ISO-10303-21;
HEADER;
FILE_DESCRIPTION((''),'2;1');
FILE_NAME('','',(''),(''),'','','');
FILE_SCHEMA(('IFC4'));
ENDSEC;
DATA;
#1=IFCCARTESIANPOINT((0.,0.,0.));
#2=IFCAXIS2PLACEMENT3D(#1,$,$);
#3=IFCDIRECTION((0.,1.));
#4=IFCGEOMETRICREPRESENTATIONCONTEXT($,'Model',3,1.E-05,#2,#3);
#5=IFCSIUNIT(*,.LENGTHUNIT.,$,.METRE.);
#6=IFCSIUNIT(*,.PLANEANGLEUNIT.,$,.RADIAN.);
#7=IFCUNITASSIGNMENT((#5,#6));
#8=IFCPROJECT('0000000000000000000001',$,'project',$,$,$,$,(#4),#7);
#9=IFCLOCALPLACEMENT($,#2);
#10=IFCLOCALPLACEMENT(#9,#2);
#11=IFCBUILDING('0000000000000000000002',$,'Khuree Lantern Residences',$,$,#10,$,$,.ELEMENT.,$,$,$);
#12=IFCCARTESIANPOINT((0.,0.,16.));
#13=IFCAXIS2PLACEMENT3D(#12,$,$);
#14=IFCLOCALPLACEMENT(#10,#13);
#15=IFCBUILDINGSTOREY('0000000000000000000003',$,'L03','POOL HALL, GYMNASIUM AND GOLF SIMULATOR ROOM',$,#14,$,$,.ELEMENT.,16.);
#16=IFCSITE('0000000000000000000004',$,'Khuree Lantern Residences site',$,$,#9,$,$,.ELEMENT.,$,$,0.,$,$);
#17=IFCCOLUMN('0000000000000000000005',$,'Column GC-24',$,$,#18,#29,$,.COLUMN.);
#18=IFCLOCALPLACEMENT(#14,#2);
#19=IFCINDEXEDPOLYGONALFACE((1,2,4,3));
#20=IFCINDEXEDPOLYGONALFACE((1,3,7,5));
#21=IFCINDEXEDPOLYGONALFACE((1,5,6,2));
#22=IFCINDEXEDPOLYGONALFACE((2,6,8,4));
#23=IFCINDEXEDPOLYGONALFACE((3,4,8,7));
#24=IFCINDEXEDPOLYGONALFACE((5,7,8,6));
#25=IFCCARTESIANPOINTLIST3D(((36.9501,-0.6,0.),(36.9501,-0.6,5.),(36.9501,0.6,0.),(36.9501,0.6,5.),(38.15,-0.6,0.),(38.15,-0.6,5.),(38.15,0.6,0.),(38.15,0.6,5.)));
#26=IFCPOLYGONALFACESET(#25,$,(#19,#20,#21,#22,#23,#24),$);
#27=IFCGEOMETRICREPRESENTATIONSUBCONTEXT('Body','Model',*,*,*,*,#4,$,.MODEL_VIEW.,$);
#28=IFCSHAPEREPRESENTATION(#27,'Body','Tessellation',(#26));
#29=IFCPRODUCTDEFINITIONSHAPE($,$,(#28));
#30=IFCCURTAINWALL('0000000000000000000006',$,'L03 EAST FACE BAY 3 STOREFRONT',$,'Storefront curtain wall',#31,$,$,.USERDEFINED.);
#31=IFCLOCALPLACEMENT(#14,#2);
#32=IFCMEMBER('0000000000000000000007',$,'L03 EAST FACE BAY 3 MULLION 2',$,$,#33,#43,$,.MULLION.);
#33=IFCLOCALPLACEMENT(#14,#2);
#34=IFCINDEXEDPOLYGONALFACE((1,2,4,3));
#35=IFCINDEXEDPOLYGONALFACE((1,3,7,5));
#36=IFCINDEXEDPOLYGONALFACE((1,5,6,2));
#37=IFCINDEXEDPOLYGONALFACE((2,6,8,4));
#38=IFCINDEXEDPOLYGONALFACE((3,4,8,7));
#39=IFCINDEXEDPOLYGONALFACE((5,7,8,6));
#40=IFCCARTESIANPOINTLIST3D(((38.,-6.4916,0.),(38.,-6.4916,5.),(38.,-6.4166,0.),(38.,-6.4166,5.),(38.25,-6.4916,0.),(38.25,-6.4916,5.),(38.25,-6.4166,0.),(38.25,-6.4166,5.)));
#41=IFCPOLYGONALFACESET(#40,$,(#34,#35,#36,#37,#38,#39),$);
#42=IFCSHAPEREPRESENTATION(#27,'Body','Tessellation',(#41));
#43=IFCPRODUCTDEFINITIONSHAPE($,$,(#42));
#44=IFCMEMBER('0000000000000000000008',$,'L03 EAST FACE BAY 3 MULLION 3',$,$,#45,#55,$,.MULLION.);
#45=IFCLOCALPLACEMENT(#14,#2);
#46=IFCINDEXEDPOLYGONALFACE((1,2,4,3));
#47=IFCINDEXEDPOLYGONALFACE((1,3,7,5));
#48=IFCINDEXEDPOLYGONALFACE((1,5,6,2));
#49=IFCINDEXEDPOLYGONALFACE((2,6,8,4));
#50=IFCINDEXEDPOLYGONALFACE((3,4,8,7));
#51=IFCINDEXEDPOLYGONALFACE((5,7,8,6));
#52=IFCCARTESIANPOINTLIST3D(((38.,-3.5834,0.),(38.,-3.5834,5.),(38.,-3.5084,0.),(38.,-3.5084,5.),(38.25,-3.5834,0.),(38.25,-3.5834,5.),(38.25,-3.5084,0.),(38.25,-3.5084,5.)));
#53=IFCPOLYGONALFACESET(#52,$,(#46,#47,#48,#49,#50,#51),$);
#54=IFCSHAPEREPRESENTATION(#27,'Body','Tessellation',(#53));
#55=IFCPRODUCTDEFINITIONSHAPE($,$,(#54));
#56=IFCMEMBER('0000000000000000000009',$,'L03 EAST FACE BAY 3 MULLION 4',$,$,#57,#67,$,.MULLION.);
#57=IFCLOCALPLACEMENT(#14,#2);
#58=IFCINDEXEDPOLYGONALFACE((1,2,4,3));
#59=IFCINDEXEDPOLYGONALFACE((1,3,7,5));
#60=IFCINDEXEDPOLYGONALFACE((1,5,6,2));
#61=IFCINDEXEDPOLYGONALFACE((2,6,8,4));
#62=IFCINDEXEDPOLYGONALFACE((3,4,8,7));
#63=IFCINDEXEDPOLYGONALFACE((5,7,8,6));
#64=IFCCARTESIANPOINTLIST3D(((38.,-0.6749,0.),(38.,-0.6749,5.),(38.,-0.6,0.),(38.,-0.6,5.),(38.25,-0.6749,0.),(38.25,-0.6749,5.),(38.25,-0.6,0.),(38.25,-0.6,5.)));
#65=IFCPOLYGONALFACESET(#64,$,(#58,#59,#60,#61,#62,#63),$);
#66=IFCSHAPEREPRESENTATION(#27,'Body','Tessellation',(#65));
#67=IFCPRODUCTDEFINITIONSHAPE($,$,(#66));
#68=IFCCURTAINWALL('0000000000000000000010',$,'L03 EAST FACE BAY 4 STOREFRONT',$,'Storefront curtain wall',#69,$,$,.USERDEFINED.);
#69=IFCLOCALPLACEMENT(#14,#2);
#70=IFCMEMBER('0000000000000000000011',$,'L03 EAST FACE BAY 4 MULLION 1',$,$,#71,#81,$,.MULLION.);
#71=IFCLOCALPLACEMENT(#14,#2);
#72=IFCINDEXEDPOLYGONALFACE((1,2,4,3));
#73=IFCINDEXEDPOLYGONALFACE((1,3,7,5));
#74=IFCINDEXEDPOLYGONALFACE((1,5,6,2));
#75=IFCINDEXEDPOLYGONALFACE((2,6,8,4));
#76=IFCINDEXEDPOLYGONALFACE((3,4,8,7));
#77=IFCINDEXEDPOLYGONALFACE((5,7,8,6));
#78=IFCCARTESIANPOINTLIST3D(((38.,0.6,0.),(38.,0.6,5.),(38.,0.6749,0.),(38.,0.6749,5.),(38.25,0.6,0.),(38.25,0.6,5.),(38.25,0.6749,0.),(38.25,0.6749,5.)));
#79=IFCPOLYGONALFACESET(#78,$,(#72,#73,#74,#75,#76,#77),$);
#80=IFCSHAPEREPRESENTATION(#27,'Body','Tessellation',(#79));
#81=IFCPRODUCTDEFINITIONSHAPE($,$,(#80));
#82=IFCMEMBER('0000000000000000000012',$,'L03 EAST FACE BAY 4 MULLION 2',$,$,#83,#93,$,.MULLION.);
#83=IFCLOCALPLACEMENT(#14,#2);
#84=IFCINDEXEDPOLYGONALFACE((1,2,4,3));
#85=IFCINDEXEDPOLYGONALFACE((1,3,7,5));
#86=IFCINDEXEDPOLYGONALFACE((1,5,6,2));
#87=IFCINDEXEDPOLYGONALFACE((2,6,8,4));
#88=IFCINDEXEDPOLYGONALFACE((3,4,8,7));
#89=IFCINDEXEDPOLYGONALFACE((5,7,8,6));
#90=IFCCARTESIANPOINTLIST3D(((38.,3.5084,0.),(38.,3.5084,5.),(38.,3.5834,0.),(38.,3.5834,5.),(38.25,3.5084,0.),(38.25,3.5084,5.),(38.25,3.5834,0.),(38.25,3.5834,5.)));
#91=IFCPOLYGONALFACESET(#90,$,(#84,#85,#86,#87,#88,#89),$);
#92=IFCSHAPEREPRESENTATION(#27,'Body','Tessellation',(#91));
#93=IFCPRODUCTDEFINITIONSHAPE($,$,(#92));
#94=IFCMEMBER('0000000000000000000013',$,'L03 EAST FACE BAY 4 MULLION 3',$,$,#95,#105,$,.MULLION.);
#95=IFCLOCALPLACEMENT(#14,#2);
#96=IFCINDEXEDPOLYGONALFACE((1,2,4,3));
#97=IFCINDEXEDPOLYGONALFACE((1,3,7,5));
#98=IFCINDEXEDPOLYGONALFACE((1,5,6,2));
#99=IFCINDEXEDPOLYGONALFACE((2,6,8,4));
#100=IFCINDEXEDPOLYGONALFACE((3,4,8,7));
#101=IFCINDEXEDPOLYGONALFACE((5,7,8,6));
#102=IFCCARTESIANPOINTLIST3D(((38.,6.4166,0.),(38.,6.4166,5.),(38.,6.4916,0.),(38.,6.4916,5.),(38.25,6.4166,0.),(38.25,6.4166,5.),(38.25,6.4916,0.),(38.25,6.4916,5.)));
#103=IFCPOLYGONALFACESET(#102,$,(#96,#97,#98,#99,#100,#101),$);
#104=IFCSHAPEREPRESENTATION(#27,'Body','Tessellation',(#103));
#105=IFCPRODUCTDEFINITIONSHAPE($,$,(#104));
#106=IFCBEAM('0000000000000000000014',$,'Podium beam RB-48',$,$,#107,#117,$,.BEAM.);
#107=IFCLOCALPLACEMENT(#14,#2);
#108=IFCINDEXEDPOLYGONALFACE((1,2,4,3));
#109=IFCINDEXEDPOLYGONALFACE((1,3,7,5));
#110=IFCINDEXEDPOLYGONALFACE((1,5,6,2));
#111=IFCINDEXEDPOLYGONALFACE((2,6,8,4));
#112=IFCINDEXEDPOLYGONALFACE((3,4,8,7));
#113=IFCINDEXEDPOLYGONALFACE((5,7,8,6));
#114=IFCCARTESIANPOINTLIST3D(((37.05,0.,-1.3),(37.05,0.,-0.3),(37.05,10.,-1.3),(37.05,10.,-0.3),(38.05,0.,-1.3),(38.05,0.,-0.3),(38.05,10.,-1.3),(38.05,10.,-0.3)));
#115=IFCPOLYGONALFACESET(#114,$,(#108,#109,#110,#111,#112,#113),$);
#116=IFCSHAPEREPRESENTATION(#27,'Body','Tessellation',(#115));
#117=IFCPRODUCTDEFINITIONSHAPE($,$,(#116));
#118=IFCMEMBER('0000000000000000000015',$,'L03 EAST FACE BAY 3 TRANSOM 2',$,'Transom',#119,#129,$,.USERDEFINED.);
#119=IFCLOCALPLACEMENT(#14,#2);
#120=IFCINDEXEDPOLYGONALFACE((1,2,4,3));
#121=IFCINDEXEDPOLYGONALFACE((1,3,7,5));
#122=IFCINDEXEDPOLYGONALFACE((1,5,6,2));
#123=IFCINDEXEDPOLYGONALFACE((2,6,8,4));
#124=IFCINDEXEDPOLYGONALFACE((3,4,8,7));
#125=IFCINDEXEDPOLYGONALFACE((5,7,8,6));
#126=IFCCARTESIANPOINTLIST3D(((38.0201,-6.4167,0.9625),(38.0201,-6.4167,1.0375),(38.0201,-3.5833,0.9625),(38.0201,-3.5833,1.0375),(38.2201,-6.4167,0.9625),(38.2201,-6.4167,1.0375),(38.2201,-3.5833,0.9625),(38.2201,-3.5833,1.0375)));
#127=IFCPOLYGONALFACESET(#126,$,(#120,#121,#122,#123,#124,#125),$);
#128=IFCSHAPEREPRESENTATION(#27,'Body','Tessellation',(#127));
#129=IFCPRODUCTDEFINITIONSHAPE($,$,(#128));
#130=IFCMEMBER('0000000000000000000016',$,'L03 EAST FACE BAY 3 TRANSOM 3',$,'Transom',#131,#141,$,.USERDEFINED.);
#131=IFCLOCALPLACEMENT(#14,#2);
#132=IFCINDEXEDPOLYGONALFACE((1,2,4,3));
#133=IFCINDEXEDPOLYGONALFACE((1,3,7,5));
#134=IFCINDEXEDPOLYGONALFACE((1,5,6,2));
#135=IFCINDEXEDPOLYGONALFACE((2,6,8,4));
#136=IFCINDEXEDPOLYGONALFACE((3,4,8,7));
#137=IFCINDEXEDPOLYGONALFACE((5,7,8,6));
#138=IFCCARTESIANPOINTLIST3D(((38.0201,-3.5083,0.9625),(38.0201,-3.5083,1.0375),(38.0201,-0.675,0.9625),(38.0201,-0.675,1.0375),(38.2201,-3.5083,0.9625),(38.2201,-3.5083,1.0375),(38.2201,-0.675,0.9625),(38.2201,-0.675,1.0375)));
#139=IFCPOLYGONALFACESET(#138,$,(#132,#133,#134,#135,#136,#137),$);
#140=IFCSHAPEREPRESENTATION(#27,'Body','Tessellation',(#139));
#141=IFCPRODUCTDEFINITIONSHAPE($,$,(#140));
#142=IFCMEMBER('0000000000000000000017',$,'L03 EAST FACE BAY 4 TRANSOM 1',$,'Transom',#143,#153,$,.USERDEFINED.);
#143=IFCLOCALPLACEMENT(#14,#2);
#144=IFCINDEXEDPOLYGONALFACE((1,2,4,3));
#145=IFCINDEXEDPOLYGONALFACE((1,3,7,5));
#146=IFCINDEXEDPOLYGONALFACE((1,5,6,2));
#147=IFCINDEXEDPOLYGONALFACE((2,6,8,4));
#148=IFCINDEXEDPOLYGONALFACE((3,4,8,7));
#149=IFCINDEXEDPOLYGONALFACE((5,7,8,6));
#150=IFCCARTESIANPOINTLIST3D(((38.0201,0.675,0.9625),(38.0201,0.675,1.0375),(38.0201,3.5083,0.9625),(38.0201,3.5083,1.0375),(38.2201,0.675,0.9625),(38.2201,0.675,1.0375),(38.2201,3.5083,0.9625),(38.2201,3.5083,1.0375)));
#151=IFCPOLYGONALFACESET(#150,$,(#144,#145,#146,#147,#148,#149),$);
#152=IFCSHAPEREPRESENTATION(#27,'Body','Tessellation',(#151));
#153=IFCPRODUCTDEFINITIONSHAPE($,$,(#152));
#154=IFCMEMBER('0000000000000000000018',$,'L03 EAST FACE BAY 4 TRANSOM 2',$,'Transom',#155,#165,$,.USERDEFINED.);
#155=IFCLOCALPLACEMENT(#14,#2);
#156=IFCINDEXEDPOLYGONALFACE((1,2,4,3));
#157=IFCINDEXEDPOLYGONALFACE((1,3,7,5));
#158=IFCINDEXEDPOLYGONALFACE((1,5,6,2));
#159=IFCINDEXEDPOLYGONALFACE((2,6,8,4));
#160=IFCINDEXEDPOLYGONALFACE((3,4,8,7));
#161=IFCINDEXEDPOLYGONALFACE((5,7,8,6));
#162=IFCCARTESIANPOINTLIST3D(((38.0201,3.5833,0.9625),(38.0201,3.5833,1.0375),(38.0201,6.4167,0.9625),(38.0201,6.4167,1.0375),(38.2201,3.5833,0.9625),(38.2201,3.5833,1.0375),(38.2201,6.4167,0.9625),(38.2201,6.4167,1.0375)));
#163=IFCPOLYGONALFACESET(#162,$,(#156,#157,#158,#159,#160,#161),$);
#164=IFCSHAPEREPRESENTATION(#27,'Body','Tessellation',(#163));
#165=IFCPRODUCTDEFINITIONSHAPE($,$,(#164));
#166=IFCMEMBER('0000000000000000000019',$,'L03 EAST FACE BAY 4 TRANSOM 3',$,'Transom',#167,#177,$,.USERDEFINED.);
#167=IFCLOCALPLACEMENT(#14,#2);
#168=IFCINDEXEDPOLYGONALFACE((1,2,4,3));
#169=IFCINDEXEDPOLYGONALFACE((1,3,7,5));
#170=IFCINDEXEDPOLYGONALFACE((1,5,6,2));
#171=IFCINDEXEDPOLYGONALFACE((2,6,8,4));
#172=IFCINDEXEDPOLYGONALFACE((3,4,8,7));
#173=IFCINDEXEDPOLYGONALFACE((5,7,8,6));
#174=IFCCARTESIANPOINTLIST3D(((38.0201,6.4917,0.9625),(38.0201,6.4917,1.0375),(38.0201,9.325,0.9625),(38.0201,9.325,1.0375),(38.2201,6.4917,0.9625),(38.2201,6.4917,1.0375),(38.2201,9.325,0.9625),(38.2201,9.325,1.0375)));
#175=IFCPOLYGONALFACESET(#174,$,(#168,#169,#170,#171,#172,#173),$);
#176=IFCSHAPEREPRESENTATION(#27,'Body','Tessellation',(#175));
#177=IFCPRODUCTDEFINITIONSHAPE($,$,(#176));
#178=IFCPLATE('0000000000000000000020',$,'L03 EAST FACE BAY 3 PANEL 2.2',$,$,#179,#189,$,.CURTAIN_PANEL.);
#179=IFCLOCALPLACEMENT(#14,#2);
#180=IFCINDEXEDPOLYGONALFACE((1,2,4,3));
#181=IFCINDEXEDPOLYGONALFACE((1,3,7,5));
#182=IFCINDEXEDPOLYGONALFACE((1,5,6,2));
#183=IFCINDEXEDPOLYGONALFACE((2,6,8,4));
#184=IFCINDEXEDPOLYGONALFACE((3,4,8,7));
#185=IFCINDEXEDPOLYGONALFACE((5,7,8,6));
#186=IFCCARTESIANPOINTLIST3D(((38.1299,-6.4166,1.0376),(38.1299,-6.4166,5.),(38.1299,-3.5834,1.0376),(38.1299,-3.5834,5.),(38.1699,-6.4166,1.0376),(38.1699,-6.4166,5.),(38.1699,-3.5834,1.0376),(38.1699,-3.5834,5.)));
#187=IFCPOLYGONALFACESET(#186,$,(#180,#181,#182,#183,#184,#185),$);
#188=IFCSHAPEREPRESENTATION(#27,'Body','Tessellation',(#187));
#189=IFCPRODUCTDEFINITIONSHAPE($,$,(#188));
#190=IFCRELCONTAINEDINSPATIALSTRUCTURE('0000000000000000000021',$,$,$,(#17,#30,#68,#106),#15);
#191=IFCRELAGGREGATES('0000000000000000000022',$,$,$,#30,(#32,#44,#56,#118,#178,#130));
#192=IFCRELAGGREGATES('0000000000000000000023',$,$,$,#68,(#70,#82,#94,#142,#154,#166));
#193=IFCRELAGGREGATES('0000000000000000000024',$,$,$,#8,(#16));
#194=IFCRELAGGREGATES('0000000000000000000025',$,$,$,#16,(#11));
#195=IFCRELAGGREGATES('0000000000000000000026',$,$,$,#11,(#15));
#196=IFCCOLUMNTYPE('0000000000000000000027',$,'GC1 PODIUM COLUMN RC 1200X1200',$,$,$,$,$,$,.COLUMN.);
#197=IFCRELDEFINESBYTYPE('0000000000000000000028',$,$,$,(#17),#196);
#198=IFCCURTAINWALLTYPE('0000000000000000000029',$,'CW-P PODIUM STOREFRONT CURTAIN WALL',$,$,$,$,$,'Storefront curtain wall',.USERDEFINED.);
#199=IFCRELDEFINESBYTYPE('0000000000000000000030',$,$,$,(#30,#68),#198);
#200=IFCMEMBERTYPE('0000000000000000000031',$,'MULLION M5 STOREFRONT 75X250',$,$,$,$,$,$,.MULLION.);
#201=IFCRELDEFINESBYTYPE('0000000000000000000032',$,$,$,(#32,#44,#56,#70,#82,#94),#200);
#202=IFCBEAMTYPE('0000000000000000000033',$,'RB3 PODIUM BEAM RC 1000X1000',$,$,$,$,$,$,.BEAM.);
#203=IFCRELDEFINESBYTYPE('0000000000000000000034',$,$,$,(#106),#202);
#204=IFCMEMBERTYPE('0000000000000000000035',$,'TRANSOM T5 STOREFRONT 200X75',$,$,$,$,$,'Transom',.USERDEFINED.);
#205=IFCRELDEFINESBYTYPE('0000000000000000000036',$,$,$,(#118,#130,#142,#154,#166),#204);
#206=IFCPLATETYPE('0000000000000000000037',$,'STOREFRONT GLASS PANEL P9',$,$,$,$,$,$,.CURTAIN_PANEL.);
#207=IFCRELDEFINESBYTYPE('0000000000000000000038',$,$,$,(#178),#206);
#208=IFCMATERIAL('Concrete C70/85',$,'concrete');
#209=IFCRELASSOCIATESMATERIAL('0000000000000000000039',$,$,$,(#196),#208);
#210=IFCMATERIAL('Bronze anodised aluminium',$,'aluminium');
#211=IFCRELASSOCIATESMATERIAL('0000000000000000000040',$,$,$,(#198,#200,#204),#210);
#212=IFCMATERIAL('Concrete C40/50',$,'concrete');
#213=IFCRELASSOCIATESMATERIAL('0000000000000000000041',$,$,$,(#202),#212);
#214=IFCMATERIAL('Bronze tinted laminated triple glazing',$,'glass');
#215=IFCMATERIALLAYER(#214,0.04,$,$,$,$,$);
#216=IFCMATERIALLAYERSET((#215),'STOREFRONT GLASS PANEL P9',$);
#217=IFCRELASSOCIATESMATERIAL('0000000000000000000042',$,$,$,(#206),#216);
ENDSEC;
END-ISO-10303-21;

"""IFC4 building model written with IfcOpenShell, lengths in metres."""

from ifc_helpers import new_model, si_unit, direction, frame, origin, origin_2d, place, context, subcontext, project, spatial, rectangle, extrude, material, layer, layer_set, material_profile, profile_set, type_object, element, aggregate, save


model = new_model("IFC4")

# Units and contexts
model_context = context("Model", 3, precision=1e-05, world=origin(), true_north=direction((0.0, 1.0)))
body_context = subcontext(model_context, "Body", "Model", "MODEL_VIEW")
ifc_project = project(units=[si_unit("LENGTHUNIT", "METRE"), si_unit("PLANEANGLEUNIT", "RADIAN")], contexts=[model_context])

# Site, building, storey
site_placement = place(None, origin())
site = spatial("IfcSite", under=ifc_project, at=site_placement, Name="Khuree Lantern Residences site", CompositionType="ELEMENT", RefElevation=0.0)
building_placement = place(site_placement, origin())
building = spatial("IfcBuilding", under=site, at=building_placement, Name="Khuree Lantern Residences", CompositionType="ELEMENT")
storey_placement = place(building_placement, frame((0.0, 0.0, 16.0)))
storey = spatial("IfcBuildingStorey", under=building, at=storey_placement, Name="L03", Description="POOL HALL, GYMNASIUM AND GOLF SIMULATOR ROOM", CompositionType="ELEMENT", Elevation=16.0)

# Column
ifc_material_1 = material(Name="Concrete C70/85", Category="concrete")
ifc_material_profile_1 = material_profile(ifc_material_1, rectangle(XDim=1.2, YDim=1.2, at=origin_2d()), Name="RC 1200X1200")
ifc_profile_set_1 = profile_set([ifc_material_profile_1], Name="Concrete C70/85")
column_type = type_object("IfcColumnType", Name="GC1 PODIUM COLUMN RC 1200X1200", PredefinedType="COLUMN", material=ifc_profile_set_1)
column_placement = place(storey_placement, frame((37.55, 0.0, 0.0), z_axis=(0.0, 0.0, 1.0), x_axis=(1.0, 0.0, 0.0)))
element("IfcColumn", 1, at=column_placement, inside=storey, type_object=column_type, Name="Column GC-24", PredefinedType="COLUMN", context=body_context, shape_type="SweptSolid", body=[
    extrude(rectangle(XDim=1.2, YDim=1.2, at=origin_2d()), origin(), (0.0, 0.0, 1.0), 5.0),
])

# Curtain walls, members
ifc_material_2 = material(Name="Bronze anodised aluminium", Category="aluminium")
curtain_wall_type = type_object("IfcCurtainWallType", Name="CW-P PODIUM STOREFRONT CURTAIN WALL", ElementType="Storefront curtain wall", PredefinedType="USERDEFINED", material=ifc_material_2)
curtain_wall_1_placement = place(storey_placement, origin())
curtain_wall_1 = element("IfcCurtainWall", 2, at=curtain_wall_1_placement, inside=storey, type_object=curtain_wall_type, Name="L03 EAST FACE BAY 3 STOREFRONT", ObjectType="Storefront curtain wall", PredefinedType="USERDEFINED")
ifc_material_profile_2 = material_profile(ifc_material_2, rectangle(XDim=0.075, YDim=0.25, at=origin_2d()), Name="M5 75X250")
ifc_profile_set_2 = profile_set([ifc_material_profile_2], Name="Bronze anodised aluminium")
member_type_1 = type_object("IfcMemberType", Name="MULLION M5 STOREFRONT 75X250", PredefinedType="MULLION", material=ifc_profile_set_2)
member_1_placement = place(storey_placement, frame((38.125, -6.4541, 0.0), z_axis=(0.0, 0.0, 1.0), x_axis=(0.0, 1.0, 0.0)))
member_1 = element("IfcMember", 3, at=member_1_placement, type_object=member_type_1, Name="L03 EAST FACE BAY 3 MULLION 2", PredefinedType="MULLION", context=body_context, shape_type="SweptSolid", body=[
    extrude(rectangle(XDim=0.075, YDim=0.25, at=origin_2d()), origin(), (0.0, 0.0, 1.0), 5.0),
])
member_2_placement = place(storey_placement, frame((38.125, -3.5459, 0.0), z_axis=(0.0, 0.0, 1.0), x_axis=(0.0, 1.0, 0.0)))
member_2 = element("IfcMember", 4, at=member_2_placement, type_object=member_type_1, Name="L03 EAST FACE BAY 3 MULLION 3", PredefinedType="MULLION", context=body_context, shape_type="SweptSolid", body=[
    extrude(rectangle(XDim=0.075, YDim=0.25, at=origin_2d()), origin(), (0.0, 0.0, 1.0), 5.0),
])
member_3_placement = place(storey_placement, frame((38.125, -0.6375, 0.0), z_axis=(0.0, 0.0, 1.0), x_axis=(0.0, 1.0, 0.0)))
member_3 = element("IfcMember", 5, at=member_3_placement, type_object=member_type_1, Name="L03 EAST FACE BAY 3 MULLION 4", PredefinedType="MULLION", context=body_context, shape_type="SweptSolid", body=[
    extrude(rectangle(XDim=0.075, YDim=0.25, at=origin_2d()), origin(), (0.0, 0.0, 1.0), 5.0),
])
curtain_wall_2_placement = place(storey_placement, origin())
curtain_wall_2 = element("IfcCurtainWall", 6, at=curtain_wall_2_placement, inside=storey, type_object=curtain_wall_type, Name="L03 EAST FACE BAY 4 STOREFRONT", ObjectType="Storefront curtain wall", PredefinedType="USERDEFINED")
member_4_placement = place(storey_placement, frame((38.125, 0.6375, 0.0), z_axis=(0.0, 0.0, 1.0), x_axis=(0.0, 1.0, 0.0)))
member_4 = element("IfcMember", 7, at=member_4_placement, type_object=member_type_1, Name="L03 EAST FACE BAY 4 MULLION 1", PredefinedType="MULLION", context=body_context, shape_type="SweptSolid", body=[
    extrude(rectangle(XDim=0.075, YDim=0.25, at=origin_2d()), origin(), (0.0, 0.0, 1.0), 5.0),
])
member_5_placement = place(storey_placement, frame((38.125, 3.5459, 0.0), z_axis=(0.0, 0.0, 1.0), x_axis=(0.0, 1.0, 0.0)))
member_5 = element("IfcMember", 8, at=member_5_placement, type_object=member_type_1, Name="L03 EAST FACE BAY 4 MULLION 2", PredefinedType="MULLION", context=body_context, shape_type="SweptSolid", body=[
    extrude(rectangle(XDim=0.075, YDim=0.25, at=origin_2d()), origin(), (0.0, 0.0, 1.0), 5.0),
])
member_6_placement = place(storey_placement, frame((38.125, 6.4541, 0.0), z_axis=(0.0, 0.0, 1.0), x_axis=(0.0, 1.0, 0.0)))
member_6 = element("IfcMember", 9, at=member_6_placement, type_object=member_type_1, Name="L03 EAST FACE BAY 4 MULLION 3", PredefinedType="MULLION", context=body_context, shape_type="SweptSolid", body=[
    extrude(rectangle(XDim=0.075, YDim=0.25, at=origin_2d()), origin(), (0.0, 0.0, 1.0), 5.0),
])

# Beam
ifc_material_3 = material(Name="Concrete C40/50", Category="concrete")
ifc_material_profile_3 = material_profile(ifc_material_3, rectangle(XDim=1.0, YDim=1.0, at=origin_2d()), Name="RC 1000X1000")
ifc_profile_set_3 = profile_set([ifc_material_profile_3], Name="Concrete C40/50")
beam_type = type_object("IfcBeamType", Name="RB3 PODIUM BEAM RC 1000X1000", PredefinedType="BEAM", material=ifc_profile_set_3)
beam_placement = place(storey_placement, frame((37.55, 0.0, -0.8), z_axis=(0.0, 1.0, 0.0), x_axis=(-1.0, 0.0, 0.0)))
element("IfcBeam", 10, at=beam_placement, inside=storey, type_object=beam_type, Name="Podium beam RB-48", PredefinedType="BEAM", context=body_context, shape_type="SweptSolid", body=[
    extrude(rectangle(XDim=1.0, YDim=1.0, at=origin_2d()), origin(), (0.0, 0.0, 1.0), 10.0),
])

# Members
ifc_material_profile_4 = material_profile(ifc_material_2, rectangle(XDim=0.2, YDim=0.075, at=origin_2d()), Name="T5 200X75")
ifc_profile_set_4 = profile_set([ifc_material_profile_4], Name="Bronze anodised aluminium")
member_type_2 = type_object("IfcMemberType", Name="TRANSOM T5 STOREFRONT 200X75", ElementType="Transom", PredefinedType="USERDEFINED", material=ifc_profile_set_4)
member_7_placement = place(storey_placement, frame((38.1201, -6.4167, 1.0), z_axis=(0.0, 1.0, 0.0), x_axis=(-1.0, 0.0, 0.0)))
member_7 = element("IfcMember", 11, at=member_7_placement, type_object=member_type_2, Name="L03 EAST FACE BAY 3 TRANSOM 2", ObjectType="Transom", PredefinedType="USERDEFINED", context=body_context, shape_type="SweptSolid", body=[
    extrude(rectangle(XDim=0.2, YDim=0.075, at=origin_2d()), origin(), (0.0, 0.0, 1.0), 2.8335),
])
member_8_placement = place(storey_placement, frame((38.1201, -3.5083, 1.0), z_axis=(0.0, 1.0, 0.0), x_axis=(-1.0, 0.0, 0.0)))
member_8 = element("IfcMember", 12, at=member_8_placement, type_object=member_type_2, Name="L03 EAST FACE BAY 3 TRANSOM 3", ObjectType="Transom", PredefinedType="USERDEFINED", context=body_context, shape_type="SweptSolid", body=[
    extrude(rectangle(XDim=0.2, YDim=0.075, at=origin_2d()), origin(), (0.0, 0.0, 1.0), 2.8333),
])
member_9_placement = place(storey_placement, frame((38.1201, 0.675, 1.0), z_axis=(0.0, 1.0, 0.0), x_axis=(-1.0, 0.0, 0.0)))
member_9 = element("IfcMember", 13, at=member_9_placement, type_object=member_type_2, Name="L03 EAST FACE BAY 4 TRANSOM 1", ObjectType="Transom", PredefinedType="USERDEFINED", context=body_context, shape_type="SweptSolid", body=[
    extrude(rectangle(XDim=0.2, YDim=0.075, at=origin_2d()), origin(), (0.0, 0.0, 1.0), 2.8333),
])
member_10_placement = place(storey_placement, frame((38.1201, 3.5833, 1.0), z_axis=(0.0, 1.0, 0.0), x_axis=(-1.0, 0.0, 0.0)))
member_10 = element("IfcMember", 14, at=member_10_placement, type_object=member_type_2, Name="L03 EAST FACE BAY 4 TRANSOM 2", ObjectType="Transom", PredefinedType="USERDEFINED", context=body_context, shape_type="SweptSolid", body=[
    extrude(rectangle(XDim=0.2, YDim=0.075, at=origin_2d()), origin(), (0.0, 0.0, 1.0), 2.8335),
])
member_11_placement = place(storey_placement, frame((38.1201, 6.4917, 1.0), z_axis=(0.0, 1.0, 0.0), x_axis=(-1.0, 0.0, 0.0)))
member_11 = element("IfcMember", 15, at=member_11_placement, type_object=member_type_2, Name="L03 EAST FACE BAY 4 TRANSOM 3", ObjectType="Transom", PredefinedType="USERDEFINED", context=body_context, shape_type="SweptSolid", body=[
    extrude(rectangle(XDim=0.2, YDim=0.075, at=origin_2d()), origin(), (0.0, 0.0, 1.0), 2.8333),
])

# Plate
ifc_material_4 = material(Name="Bronze tinted laminated triple glazing", Category="glass")
ifc_layer_1 = layer(ifc_material_4, 0.04)
ifc_layer_set_1 = layer_set([ifc_layer_1], Name="STOREFRONT GLASS PANEL P9")
plate_type_1 = type_object("IfcPlateType", Name="STOREFRONT GLASS PANEL P9", PredefinedType="CURTAIN_PANEL", material=ifc_layer_set_1)
plate_1_placement = place(storey_placement, frame((38.1499, -5.0, 1.0376), z_axis=(0.0, 0.0, 1.0), x_axis=(0.0, 1.0, 0.0)))
plate_1 = element("IfcPlate", 16, at=plate_1_placement, type_object=plate_type_1, Name="L03 EAST FACE BAY 3 PANEL 2.2", PredefinedType="CURTAIN_PANEL", context=body_context, shape_type="SweptSolid", body=[
    extrude(rectangle(XDim=2.8333, YDim=0.04, at=origin_2d()), origin(), (0.0, 0.0, 1.0), 3.9624),
])
aggregate(curtain_wall_1, [member_1, member_2, member_3, member_7, plate_1, member_8])
aggregate(curtain_wall_2, [member_4, member_5, member_6, member_9, member_10, member_11])

save(model, "model.ifc")
